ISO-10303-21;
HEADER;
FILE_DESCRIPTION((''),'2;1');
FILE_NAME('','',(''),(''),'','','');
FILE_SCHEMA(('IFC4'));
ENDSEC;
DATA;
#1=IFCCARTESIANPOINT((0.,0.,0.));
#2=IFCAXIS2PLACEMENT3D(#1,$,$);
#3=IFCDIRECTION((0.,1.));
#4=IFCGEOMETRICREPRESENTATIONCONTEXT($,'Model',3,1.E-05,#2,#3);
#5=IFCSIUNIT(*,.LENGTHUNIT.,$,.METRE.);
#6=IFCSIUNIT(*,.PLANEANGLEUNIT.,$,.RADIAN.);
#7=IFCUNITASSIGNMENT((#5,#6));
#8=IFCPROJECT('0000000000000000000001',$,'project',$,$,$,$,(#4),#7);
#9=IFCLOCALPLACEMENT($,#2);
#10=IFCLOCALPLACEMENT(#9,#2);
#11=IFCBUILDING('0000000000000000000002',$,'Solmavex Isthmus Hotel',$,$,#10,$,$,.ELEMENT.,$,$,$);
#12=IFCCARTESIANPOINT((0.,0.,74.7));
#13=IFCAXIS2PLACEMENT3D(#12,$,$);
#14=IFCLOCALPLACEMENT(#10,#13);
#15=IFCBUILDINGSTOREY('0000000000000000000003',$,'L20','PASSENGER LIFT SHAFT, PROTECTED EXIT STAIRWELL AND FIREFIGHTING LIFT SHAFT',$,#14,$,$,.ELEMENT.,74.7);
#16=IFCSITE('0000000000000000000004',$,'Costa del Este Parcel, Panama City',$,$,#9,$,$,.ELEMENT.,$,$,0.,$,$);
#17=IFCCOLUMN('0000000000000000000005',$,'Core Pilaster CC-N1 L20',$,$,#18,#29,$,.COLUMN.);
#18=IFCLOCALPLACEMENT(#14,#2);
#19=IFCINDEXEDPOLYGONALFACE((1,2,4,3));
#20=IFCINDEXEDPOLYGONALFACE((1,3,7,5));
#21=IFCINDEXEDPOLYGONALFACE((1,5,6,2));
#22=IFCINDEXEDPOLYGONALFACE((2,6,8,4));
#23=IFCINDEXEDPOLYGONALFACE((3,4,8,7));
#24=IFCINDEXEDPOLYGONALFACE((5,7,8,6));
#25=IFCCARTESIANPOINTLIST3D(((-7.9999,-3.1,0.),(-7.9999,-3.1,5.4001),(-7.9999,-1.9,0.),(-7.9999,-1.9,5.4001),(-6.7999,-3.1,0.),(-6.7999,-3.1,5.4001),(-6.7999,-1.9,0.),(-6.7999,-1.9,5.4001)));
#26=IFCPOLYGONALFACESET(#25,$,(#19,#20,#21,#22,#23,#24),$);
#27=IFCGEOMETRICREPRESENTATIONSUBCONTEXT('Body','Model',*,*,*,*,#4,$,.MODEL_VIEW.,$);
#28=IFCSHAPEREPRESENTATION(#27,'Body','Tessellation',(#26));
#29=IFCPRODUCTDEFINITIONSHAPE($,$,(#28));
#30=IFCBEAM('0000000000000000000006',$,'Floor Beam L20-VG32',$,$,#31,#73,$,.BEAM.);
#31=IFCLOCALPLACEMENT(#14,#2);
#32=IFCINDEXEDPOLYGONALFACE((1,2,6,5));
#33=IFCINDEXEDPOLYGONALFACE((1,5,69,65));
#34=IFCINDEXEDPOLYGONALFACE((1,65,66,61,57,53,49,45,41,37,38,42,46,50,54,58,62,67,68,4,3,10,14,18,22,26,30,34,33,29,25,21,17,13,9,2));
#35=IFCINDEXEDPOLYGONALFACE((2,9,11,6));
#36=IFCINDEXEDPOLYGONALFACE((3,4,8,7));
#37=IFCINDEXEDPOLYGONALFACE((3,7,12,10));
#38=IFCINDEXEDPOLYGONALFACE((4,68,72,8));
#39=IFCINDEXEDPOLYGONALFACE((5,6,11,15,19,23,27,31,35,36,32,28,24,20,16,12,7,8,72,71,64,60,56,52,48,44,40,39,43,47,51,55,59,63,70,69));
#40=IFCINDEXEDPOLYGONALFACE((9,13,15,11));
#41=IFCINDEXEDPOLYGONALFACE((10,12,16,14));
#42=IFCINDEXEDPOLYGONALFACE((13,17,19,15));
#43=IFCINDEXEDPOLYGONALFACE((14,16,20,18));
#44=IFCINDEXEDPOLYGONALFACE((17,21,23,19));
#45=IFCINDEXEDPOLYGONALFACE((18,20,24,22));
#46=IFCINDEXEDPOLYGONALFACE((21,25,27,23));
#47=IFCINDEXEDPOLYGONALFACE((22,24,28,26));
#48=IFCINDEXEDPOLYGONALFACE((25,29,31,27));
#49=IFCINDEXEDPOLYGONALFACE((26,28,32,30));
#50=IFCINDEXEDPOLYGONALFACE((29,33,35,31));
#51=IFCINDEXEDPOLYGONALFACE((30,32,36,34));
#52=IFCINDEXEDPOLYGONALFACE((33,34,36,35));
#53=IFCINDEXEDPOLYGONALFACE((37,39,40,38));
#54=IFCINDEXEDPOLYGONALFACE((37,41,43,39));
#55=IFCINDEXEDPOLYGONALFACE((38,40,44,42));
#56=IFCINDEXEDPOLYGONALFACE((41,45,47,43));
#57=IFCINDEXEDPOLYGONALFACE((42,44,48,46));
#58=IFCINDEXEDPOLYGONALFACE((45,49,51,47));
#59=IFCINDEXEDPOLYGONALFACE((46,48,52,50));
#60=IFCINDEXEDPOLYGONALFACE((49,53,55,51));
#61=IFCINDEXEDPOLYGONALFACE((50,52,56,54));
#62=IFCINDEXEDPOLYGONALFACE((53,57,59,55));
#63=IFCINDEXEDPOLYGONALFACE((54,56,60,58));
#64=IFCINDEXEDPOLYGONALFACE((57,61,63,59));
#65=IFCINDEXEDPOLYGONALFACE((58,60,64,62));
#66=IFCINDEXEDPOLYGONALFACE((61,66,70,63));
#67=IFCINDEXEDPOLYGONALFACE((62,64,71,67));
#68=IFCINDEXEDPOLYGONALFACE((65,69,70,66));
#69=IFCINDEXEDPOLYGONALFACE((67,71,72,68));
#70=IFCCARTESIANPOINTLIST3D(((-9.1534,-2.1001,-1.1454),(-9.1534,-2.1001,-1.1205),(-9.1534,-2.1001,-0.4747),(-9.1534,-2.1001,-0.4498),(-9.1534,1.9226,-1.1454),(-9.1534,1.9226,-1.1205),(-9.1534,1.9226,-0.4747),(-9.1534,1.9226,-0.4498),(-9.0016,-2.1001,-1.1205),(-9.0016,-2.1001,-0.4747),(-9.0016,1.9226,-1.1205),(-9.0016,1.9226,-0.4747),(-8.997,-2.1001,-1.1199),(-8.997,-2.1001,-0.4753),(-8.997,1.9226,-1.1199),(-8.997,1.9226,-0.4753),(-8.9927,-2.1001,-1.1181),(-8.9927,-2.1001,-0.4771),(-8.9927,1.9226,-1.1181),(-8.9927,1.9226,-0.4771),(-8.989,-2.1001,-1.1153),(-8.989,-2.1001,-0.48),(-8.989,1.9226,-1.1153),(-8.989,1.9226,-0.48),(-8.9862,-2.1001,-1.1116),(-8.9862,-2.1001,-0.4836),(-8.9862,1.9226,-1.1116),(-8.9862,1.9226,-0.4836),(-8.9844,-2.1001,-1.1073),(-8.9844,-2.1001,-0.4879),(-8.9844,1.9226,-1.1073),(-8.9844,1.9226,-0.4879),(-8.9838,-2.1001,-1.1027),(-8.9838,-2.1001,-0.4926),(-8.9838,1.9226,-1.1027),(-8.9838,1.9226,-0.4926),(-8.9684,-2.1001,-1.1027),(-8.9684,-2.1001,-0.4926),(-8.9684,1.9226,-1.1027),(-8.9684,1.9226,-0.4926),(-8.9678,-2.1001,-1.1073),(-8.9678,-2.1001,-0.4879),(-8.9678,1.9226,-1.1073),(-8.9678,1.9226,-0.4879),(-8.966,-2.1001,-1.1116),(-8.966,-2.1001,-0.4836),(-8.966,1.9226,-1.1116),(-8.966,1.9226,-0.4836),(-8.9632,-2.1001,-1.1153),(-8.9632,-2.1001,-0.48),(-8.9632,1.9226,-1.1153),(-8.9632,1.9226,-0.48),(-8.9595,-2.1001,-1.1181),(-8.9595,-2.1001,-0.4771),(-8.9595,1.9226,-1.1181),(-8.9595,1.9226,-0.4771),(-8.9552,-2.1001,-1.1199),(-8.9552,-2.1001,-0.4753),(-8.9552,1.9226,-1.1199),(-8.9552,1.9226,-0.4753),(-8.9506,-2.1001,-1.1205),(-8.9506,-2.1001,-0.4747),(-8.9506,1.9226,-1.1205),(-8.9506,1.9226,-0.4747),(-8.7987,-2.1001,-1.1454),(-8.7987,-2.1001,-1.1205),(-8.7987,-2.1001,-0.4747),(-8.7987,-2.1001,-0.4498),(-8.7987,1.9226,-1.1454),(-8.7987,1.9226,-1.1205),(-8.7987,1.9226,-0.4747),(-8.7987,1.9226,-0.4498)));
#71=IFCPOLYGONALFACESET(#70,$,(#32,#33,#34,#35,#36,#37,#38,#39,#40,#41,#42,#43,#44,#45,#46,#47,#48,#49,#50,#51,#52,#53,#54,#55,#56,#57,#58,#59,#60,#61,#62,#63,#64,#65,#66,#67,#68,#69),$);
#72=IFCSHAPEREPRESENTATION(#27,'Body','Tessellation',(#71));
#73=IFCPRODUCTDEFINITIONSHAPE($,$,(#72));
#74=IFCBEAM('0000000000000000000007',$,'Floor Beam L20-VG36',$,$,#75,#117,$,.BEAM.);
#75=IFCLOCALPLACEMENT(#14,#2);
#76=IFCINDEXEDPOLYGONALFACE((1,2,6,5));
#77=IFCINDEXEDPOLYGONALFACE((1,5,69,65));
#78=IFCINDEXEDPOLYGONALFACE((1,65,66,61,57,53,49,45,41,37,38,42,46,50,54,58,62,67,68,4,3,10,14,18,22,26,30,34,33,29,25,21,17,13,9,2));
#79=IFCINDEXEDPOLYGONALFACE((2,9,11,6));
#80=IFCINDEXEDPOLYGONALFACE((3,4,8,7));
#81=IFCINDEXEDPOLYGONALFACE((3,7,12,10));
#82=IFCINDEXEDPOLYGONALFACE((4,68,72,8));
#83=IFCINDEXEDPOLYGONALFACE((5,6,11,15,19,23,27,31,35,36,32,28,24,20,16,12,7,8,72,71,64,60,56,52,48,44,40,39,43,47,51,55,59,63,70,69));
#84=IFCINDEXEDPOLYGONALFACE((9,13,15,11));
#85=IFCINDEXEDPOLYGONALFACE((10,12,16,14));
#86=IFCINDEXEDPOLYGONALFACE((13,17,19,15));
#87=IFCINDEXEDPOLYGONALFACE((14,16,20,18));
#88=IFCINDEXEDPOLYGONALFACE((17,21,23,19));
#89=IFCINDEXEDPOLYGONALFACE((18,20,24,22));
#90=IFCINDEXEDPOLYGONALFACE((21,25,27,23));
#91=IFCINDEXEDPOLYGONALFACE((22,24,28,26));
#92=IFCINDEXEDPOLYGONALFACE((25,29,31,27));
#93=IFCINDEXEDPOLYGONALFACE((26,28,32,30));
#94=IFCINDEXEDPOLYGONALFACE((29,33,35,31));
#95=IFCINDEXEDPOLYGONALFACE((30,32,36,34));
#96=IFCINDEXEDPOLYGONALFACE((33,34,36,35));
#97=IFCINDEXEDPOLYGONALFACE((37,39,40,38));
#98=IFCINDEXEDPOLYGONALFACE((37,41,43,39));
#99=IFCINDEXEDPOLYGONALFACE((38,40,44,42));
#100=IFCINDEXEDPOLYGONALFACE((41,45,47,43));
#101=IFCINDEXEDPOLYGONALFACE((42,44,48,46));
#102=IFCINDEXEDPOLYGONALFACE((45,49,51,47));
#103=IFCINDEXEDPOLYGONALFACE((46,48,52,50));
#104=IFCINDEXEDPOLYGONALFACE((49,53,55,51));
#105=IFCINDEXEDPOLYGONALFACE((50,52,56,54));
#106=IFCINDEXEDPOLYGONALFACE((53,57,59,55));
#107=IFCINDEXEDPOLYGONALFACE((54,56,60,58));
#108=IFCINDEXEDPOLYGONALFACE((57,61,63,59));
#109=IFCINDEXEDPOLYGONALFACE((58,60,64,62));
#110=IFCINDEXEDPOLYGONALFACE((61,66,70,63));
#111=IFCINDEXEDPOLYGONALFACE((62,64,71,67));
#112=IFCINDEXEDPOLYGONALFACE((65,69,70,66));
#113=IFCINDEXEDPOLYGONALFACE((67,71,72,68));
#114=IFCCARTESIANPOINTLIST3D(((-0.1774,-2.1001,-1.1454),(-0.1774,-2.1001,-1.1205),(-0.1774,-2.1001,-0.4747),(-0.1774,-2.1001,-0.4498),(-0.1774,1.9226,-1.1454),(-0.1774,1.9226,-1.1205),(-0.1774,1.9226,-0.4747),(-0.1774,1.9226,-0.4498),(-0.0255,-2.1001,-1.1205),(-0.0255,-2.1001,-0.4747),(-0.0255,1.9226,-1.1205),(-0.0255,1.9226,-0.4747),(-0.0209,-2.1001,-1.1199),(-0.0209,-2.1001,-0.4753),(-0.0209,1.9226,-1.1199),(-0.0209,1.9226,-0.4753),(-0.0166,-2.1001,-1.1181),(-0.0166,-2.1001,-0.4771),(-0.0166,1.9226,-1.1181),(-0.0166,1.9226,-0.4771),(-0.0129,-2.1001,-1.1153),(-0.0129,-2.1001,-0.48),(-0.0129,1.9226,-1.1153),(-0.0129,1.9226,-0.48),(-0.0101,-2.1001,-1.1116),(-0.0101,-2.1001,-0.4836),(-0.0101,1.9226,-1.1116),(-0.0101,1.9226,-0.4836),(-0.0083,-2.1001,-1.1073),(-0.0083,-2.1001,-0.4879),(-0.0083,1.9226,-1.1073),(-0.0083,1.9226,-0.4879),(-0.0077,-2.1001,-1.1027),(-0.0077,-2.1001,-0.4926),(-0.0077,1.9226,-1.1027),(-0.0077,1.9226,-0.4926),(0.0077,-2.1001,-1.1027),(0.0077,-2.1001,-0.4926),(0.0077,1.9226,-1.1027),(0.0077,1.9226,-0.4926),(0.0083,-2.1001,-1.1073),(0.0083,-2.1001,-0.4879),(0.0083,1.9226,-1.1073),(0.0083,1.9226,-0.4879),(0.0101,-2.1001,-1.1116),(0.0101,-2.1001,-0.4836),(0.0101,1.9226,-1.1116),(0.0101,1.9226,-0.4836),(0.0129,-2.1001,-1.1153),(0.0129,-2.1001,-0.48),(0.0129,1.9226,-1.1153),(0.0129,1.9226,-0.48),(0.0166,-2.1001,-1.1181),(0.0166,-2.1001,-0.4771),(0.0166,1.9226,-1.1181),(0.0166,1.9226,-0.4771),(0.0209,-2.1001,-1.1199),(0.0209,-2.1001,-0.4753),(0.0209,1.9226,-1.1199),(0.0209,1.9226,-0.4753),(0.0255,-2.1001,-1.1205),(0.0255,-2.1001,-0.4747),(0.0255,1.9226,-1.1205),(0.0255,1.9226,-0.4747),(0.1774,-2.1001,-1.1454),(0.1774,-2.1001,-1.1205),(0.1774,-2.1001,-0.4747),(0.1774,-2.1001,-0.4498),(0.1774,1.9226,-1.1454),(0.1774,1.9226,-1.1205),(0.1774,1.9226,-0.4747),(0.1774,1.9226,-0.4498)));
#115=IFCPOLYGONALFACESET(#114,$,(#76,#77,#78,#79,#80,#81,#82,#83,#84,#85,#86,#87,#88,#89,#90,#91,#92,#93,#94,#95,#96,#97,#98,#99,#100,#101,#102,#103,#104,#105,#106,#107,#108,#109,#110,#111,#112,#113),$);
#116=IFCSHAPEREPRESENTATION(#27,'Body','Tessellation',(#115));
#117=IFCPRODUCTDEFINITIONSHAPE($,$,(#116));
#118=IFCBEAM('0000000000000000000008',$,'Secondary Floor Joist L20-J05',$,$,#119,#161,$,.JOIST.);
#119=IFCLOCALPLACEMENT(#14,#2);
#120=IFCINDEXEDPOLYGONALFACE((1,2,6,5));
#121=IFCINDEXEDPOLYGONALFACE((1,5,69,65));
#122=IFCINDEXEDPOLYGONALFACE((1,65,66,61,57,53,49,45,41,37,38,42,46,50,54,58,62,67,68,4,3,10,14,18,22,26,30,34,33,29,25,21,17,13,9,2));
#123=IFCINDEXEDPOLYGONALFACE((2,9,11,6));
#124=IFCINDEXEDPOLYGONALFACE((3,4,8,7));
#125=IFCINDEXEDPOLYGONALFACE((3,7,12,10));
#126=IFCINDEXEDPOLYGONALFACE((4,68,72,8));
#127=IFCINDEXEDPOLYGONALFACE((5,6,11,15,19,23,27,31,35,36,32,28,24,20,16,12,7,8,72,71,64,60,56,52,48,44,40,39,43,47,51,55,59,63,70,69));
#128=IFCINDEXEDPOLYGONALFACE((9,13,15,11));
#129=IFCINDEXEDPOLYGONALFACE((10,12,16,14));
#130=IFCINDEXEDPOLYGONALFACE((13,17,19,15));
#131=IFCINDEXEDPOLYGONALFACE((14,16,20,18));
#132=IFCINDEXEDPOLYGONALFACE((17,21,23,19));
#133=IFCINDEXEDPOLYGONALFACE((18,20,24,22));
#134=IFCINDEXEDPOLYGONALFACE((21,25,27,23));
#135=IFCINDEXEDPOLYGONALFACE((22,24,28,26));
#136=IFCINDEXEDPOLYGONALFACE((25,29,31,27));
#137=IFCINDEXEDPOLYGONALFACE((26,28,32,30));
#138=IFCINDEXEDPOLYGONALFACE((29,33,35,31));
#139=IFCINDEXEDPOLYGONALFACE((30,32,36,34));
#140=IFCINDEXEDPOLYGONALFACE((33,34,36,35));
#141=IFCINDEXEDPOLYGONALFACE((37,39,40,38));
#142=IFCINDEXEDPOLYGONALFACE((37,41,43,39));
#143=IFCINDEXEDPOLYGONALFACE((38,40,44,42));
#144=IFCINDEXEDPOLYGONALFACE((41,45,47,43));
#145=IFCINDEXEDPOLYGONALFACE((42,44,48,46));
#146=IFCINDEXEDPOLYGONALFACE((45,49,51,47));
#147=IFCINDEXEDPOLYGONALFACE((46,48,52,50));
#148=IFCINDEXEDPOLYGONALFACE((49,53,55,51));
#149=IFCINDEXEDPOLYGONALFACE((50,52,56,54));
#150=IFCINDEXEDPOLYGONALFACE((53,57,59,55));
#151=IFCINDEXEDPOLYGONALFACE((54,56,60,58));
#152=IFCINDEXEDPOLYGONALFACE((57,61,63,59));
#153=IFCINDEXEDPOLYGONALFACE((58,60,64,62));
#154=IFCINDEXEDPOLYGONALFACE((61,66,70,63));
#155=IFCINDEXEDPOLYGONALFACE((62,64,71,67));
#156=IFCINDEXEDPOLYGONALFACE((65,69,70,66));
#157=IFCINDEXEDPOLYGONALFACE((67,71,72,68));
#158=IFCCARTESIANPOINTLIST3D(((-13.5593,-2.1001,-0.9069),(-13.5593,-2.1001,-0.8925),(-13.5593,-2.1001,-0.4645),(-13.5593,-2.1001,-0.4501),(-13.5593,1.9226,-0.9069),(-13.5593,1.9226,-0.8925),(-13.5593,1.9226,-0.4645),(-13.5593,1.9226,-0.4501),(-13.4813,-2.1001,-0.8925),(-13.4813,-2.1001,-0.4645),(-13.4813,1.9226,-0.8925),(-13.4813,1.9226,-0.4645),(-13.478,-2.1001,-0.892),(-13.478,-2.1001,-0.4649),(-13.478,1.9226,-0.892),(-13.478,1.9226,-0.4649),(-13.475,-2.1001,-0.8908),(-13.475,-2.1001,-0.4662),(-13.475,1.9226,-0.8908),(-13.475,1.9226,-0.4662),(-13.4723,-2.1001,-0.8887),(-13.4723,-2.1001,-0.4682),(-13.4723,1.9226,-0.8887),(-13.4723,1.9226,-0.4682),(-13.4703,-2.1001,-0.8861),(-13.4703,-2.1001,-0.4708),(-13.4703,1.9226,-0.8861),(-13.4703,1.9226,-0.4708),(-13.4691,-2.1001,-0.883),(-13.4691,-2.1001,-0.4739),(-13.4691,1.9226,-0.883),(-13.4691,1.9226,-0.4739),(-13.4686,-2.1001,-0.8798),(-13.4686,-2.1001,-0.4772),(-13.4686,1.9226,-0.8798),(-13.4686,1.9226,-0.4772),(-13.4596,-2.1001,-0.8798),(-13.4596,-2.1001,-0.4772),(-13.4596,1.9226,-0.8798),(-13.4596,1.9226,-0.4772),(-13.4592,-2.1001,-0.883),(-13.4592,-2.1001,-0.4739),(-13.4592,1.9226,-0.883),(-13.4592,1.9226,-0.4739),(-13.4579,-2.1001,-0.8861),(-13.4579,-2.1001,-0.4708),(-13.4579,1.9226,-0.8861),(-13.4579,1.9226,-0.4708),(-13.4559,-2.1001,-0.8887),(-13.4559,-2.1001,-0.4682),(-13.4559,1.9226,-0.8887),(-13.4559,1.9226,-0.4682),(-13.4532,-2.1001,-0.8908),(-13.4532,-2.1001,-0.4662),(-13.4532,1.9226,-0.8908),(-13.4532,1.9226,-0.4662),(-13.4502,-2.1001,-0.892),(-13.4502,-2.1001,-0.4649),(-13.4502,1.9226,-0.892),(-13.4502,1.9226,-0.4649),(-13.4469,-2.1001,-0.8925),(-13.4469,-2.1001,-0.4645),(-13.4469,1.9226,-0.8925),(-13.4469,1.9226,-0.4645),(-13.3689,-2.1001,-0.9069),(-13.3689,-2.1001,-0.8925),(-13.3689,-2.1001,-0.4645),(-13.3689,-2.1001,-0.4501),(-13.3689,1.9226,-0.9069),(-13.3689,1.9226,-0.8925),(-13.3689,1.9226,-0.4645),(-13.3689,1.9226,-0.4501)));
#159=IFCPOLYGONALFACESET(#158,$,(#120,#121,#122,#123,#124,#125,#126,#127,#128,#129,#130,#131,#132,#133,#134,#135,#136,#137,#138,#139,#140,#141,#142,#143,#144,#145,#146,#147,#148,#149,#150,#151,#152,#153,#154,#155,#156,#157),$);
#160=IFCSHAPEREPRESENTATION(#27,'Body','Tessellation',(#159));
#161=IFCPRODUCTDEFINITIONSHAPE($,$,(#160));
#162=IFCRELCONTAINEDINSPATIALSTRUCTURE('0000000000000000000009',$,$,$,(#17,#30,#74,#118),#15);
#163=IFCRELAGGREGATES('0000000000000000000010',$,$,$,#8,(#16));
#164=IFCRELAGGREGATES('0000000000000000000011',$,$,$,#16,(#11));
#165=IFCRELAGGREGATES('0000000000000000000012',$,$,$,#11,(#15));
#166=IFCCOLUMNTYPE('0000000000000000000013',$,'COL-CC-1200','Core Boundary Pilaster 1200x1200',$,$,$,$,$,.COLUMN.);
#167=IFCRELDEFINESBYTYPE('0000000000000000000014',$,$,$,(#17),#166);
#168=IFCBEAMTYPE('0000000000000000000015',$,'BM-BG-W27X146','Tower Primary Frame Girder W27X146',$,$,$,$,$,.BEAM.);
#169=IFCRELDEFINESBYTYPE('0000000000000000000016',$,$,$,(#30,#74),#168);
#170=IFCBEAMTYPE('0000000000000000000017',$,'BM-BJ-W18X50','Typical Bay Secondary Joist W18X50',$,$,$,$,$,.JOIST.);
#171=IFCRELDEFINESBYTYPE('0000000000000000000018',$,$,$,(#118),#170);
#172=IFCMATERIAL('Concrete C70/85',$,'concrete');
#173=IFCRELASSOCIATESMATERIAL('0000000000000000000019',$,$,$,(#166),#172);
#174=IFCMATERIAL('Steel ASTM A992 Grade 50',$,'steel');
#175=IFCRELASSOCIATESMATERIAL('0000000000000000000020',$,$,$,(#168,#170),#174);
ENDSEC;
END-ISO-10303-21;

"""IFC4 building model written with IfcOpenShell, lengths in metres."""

from ifc_helpers import new_model, si_unit, direction, frame, origin, origin_2d, place, context, subcontext, project, spatial, rectangle, i_section, extrude, material, material_profile, profile_set, type_object, element, save


model = new_model("IFC4")

# Units and contexts
model_context = context("Model", 3, precision=1e-05, world=origin(), true_north=direction((0.0, 1.0)))
body_context = subcontext(model_context, "Body", "Model", "MODEL_VIEW")
ifc_project = project(units=[si_unit("LENGTHUNIT", "METRE"), si_unit("PLANEANGLEUNIT", "RADIAN")], contexts=[model_context])

# Site, building, storey
site_placement = place(None, origin())
site = spatial("IfcSite", under=ifc_project, at=site_placement, Name="Costa del Este Parcel, Panama City", CompositionType="ELEMENT", RefElevation=0.0)
building_placement = place(site_placement, origin())
building = spatial("IfcBuilding", under=site, at=building_placement, Name="Solmavex Isthmus Hotel", CompositionType="ELEMENT")
storey_placement = place(building_placement, frame((0.0, 0.0, 74.7)))
storey = spatial("IfcBuildingStorey", under=building, at=storey_placement, Name="L20", Description="PASSENGER LIFT SHAFT, PROTECTED EXIT STAIRWELL AND FIREFIGHTING LIFT SHAFT", CompositionType="ELEMENT", Elevation=74.7)

# Column
ifc_material_1 = material(Name="Concrete C70/85", Category="concrete")
ifc_material_profile_1 = material_profile(ifc_material_1, rectangle(XDim=1.2, YDim=1.2, at=origin_2d()), Name="RC1200X1200")
ifc_profile_set_1 = profile_set([ifc_material_profile_1], Name="Concrete C70/85")
column_type = type_object("IfcColumnType", Name="COL-CC-1200", Description="Core Boundary Pilaster 1200x1200", PredefinedType="COLUMN", material=ifc_profile_set_1)
column_placement = place(storey_placement, frame((-7.3999, -2.5, 0.0), z_axis=(0.0, 0.0, 1.0), x_axis=(1.0, 0.0, 0.0)))
element("IfcColumn", 1, at=column_placement, inside=storey, type_object=column_type, Name="Core Pilaster CC-N1 L20", PredefinedType="COLUMN", context=body_context, shape_type="SweptSolid", body=[
    extrude(rectangle(XDim=1.2, YDim=1.2, at=origin_2d()), origin(), (0.0, 0.0, 1.0), 5.4001),
])

# Beams
ifc_material_2 = material(Name="Steel ASTM A992 Grade 50", Category="steel")
ifc_material_profile_2 = material_profile(ifc_material_2, i_section(OverallWidth=0.3547, OverallDepth=0.6956, WebThickness=0.0154, FlangeThickness=0.0249, FilletRadius=0.0178, at=origin_2d()), Name="W27X146")
ifc_profile_set_2 = profile_set([ifc_material_profile_2], Name="Steel ASTM A992 Grade 50")
beam_type_1 = type_object("IfcBeamType", Name="BM-BG-W27X146", Description="Tower Primary Frame Girder W27X146", PredefinedType="BEAM", material=ifc_profile_set_2)
for number, where, z_axis, x_axis, name in (
    (2, (-8.9761, -2.1001, -0.7976), (0.0, 1.0, 0.0), (-1.0, 0.0, 0.0), "Floor Beam L20-VG32"),
    (3, (0.0, -2.1001, -0.7976), (0.0, 1.0, 0.0), (-1.0, 0.0, 0.0), "Floor Beam L20-VG36"),
):
    element("IfcBeam", number, at=place(storey_placement, frame(where, z_axis=z_axis, x_axis=x_axis)), inside=storey, type_object=beam_type_1, Name=name, PredefinedType="BEAM", context=body_context, shape_type="SweptSolid", body=[
        extrude(i_section(OverallWidth=0.3547, OverallDepth=0.6956, WebThickness=0.0154, FlangeThickness=0.0249, FilletRadius=0.0178, at=origin_2d()), origin(), (0.0, 0.0, 1.0), 4.0227),
    ])
ifc_material_profile_3 = material_profile(ifc_material_2, i_section(OverallWidth=0.1904, OverallDepth=0.4568, WebThickness=0.009, FlangeThickness=0.0144, FilletRadius=0.0127, at=origin_2d()), Name="W18X50")
ifc_profile_set_3 = profile_set([ifc_material_profile_3], Name="Steel ASTM A992 Grade 50")
beam_type_2 = type_object("IfcBeamType", Name="BM-BJ-W18X50", Description="Typical Bay Secondary Joist W18X50", PredefinedType="JOIST", material=ifc_profile_set_3)
for number, where, z_axis, x_axis, name in (
    (4, (-13.4641, -2.1001, -0.6785), (0.0, 1.0, 0.0), (-1.0, 0.0, 0.0), "Secondary Floor Joist L20-J05"),
):
    element("IfcBeam", number, at=place(storey_placement, frame(where, z_axis=z_axis, x_axis=x_axis)), inside=storey, type_object=beam_type_2, Name=name, PredefinedType="JOIST", context=body_context, shape_type="SweptSolid", body=[
        extrude(i_section(OverallWidth=0.1904, OverallDepth=0.4568, WebThickness=0.009, FlangeThickness=0.0144, FilletRadius=0.0127, at=origin_2d()), origin(), (0.0, 0.0, 1.0), 4.0227),
    ])

save(model, "model.ifc")
